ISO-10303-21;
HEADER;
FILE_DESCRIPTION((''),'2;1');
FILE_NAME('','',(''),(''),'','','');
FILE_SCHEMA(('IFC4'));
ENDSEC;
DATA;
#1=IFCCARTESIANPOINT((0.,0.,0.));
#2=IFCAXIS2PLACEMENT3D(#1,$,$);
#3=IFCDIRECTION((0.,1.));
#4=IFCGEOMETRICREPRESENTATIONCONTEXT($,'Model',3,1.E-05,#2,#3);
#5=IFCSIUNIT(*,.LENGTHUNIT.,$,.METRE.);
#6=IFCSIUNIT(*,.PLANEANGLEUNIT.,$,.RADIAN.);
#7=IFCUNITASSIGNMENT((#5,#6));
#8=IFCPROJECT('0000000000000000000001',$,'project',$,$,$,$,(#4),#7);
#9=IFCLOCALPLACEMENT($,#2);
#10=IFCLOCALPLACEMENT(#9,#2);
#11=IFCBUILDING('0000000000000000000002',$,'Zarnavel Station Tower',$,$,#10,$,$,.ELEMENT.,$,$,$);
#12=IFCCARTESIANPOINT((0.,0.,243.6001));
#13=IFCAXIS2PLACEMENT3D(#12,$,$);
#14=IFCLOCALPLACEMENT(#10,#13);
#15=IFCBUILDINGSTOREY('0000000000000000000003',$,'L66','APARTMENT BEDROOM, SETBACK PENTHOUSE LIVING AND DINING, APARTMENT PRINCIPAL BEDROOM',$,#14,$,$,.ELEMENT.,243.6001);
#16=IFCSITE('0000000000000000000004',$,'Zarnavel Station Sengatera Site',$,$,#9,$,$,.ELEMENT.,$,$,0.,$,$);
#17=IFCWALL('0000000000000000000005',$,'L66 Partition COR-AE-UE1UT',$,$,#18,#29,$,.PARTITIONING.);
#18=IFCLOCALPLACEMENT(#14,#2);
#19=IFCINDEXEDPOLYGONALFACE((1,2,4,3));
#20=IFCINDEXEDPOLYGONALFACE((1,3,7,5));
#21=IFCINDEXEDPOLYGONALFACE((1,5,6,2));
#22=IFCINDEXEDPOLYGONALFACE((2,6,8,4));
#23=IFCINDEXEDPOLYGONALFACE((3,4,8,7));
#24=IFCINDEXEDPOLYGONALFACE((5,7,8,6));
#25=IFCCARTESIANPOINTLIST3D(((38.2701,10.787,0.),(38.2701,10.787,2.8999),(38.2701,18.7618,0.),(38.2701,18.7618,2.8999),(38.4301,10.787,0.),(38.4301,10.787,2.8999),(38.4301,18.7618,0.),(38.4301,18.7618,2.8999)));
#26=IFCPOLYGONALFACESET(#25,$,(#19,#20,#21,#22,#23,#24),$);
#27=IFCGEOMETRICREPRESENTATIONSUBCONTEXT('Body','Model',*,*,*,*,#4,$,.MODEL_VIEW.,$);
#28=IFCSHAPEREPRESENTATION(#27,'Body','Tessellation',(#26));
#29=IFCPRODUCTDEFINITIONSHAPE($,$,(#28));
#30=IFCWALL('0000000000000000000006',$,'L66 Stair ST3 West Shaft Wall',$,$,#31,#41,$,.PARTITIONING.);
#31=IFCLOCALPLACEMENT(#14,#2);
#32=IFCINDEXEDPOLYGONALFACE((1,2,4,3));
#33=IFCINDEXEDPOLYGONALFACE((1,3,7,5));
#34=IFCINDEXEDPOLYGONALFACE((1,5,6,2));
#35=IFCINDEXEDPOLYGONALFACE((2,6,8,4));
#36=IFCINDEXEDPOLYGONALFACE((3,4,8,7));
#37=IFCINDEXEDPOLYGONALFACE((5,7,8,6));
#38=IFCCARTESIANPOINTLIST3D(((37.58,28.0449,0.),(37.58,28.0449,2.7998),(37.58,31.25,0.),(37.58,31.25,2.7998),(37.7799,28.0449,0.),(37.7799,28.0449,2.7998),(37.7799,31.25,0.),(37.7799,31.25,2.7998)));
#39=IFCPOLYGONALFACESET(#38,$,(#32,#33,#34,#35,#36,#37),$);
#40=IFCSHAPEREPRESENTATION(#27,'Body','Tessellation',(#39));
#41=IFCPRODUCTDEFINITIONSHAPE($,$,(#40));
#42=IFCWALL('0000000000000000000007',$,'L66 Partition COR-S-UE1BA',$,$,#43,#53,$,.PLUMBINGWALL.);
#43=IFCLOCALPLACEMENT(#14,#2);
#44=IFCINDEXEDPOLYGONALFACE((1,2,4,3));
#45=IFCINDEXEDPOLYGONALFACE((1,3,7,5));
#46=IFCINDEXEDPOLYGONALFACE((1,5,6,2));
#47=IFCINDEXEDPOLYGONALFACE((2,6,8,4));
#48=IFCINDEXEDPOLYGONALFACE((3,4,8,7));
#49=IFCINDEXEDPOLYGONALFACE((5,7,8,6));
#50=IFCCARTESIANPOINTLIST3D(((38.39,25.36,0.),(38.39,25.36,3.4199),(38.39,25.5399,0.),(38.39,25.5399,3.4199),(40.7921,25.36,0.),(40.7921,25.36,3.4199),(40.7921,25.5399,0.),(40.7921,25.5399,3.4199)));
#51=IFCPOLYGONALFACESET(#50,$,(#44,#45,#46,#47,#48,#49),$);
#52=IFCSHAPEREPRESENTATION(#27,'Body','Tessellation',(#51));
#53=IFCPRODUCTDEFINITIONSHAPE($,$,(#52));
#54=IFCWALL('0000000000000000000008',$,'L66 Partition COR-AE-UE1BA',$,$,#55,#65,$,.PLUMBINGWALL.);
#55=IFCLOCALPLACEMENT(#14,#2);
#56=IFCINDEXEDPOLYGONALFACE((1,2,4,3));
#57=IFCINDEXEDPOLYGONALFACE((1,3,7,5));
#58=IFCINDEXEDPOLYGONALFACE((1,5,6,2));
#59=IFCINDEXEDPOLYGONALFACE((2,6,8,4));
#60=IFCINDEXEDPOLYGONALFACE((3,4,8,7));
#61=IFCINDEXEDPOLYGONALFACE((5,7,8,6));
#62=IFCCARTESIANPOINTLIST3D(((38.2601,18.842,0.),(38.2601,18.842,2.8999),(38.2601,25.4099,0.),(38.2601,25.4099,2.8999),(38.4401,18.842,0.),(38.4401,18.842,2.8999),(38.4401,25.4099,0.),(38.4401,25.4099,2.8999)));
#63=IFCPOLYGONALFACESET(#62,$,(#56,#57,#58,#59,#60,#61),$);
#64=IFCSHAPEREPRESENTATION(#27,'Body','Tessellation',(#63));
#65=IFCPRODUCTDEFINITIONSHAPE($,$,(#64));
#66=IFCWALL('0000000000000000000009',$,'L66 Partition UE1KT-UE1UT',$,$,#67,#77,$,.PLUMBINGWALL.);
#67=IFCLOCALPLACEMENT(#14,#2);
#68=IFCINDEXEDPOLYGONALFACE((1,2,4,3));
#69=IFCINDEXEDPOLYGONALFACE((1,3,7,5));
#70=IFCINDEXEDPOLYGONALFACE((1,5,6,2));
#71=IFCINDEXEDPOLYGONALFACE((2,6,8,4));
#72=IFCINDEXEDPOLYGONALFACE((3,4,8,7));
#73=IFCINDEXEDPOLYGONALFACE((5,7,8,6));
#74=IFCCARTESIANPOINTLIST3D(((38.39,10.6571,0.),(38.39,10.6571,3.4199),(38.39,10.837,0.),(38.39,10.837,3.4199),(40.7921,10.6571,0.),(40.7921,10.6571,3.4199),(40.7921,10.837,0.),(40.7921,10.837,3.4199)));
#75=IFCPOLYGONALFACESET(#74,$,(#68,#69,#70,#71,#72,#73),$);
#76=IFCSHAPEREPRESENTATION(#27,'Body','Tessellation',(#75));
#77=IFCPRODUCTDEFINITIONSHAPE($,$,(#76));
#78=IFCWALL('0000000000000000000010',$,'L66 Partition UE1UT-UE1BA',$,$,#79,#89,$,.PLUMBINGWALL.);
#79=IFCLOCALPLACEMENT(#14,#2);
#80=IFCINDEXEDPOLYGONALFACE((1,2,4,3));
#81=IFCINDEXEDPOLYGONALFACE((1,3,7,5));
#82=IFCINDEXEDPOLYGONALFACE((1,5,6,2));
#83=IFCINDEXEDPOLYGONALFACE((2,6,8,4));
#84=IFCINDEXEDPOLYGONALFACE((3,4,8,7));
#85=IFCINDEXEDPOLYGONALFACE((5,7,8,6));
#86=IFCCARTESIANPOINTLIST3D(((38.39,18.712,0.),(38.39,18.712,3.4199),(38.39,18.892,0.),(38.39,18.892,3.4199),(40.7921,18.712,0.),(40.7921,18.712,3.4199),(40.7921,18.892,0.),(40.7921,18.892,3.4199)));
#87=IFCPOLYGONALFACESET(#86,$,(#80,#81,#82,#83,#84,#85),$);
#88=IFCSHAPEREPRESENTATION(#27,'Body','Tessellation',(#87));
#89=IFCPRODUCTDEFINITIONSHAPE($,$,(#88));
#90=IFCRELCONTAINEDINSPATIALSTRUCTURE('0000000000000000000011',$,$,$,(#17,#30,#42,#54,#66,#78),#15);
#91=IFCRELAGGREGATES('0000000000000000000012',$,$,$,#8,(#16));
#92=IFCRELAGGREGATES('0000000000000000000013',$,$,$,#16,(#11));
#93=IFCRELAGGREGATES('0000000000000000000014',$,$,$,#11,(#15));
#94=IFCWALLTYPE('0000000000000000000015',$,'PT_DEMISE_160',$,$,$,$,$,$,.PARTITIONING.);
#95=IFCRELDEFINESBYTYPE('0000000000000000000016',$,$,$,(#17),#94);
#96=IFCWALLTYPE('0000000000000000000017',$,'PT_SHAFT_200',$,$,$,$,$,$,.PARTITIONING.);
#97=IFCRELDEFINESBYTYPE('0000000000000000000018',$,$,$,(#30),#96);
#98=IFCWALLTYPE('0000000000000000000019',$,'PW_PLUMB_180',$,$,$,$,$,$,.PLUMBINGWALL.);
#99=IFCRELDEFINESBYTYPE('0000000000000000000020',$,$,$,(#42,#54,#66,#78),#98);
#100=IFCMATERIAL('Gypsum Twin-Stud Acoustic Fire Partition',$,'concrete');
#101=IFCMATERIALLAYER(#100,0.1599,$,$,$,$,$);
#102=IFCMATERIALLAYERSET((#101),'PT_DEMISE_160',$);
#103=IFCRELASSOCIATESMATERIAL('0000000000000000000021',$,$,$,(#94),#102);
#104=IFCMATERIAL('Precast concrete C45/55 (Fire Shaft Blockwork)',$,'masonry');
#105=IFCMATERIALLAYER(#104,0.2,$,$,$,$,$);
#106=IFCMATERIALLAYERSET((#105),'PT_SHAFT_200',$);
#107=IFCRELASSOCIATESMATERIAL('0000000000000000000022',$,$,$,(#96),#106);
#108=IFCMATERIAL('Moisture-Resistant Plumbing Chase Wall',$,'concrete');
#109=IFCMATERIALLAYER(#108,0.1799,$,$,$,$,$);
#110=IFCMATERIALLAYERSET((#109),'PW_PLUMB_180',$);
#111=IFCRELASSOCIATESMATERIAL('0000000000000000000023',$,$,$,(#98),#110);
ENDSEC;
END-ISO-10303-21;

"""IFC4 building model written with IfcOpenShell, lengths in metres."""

from ifc_helpers import new_model, si_unit, direction, frame, frame_2d, origin, place, context, subcontext, project, spatial, rectangle, extrude, material, layer, layer_set, type_object, element, save


model = new_model("IFC4")

# Units and contexts
model_context = context("Model", 3, precision=1e-05, world=origin(), true_north=direction((0.0, 1.0)))
body_context = subcontext(model_context, "Body", "Model", "MODEL_VIEW")
ifc_project = project(units=[si_unit("LENGTHUNIT", "METRE"), si_unit("PLANEANGLEUNIT", "RADIAN")], contexts=[model_context])

# Site, building, storey
site_placement = place(None, origin())
site = spatial("IfcSite", under=ifc_project, at=site_placement, Name="Zarnavel Station Sengatera Site", CompositionType="ELEMENT", RefElevation=0.0)
building_placement = place(site_placement, origin())
building = spatial("IfcBuilding", under=site, at=building_placement, Name="Zarnavel Station Tower", CompositionType="ELEMENT")
storey_placement = place(building_placement, frame((0.0, 0.0, 243.6001)))
storey = spatial("IfcBuildingStorey", under=building, at=storey_placement, Name="L66", Description="APARTMENT BEDROOM, SETBACK PENTHOUSE LIVING AND DINING, APARTMENT PRINCIPAL BEDROOM", CompositionType="ELEMENT", Elevation=243.6001)

# Walls
ifc_material_1 = material(Name="Gypsum Twin-Stud Acoustic Fire Partition", Category="concrete")
ifc_layer_1 = layer(ifc_material_1, 0.1599)
ifc_layer_set_1 = layer_set([ifc_layer_1], Name="PT_DEMISE_160")
wall_type_1 = type_object("IfcWallType", Name="PT_DEMISE_160", PredefinedType="PARTITIONING", material=ifc_layer_set_1)
wall_1_placement = place(storey_placement, frame((38.3501, 10.7871, 0.0), z_axis=(0.0, 0.0, 1.0), x_axis=(0.0, 1.0, 0.0)))
element("IfcWall", 1, at=wall_1_placement, inside=storey, type_object=wall_type_1, Name="L66 Partition COR-AE-UE1UT", PredefinedType="PARTITIONING", context=body_context, shape_type="SweptSolid", body=[
    extrude(rectangle(XDim=7.9749, YDim=0.1599, at=frame_2d((3.9873, 0.0))), origin(), (0.0, 0.0, 1.0), 2.8999),
])
ifc_material_2 = material(Name="Precast concrete C45/55 (Fire Shaft Blockwork)", Category="masonry")
ifc_layer_2 = layer(ifc_material_2, 0.2)
ifc_layer_set_2 = layer_set([ifc_layer_2], Name="PT_SHAFT_200")
wall_type_2 = type_object("IfcWallType", Name="PT_SHAFT_200", PredefinedType="PARTITIONING", material=ifc_layer_set_2)
wall_2_placement = place(storey_placement, frame((37.6799, 28.0449, 0.0), z_axis=(0.0, 0.0, 1.0), x_axis=(0.0, 1.0, 0.0)))
element("IfcWall", 2, at=wall_2_placement, inside=storey, type_object=wall_type_2, Name="L66 Stair ST3 West Shaft Wall", PredefinedType="PARTITIONING", context=body_context, shape_type="SweptSolid", body=[
    extrude(rectangle(XDim=3.2051, YDim=0.2, at=frame_2d((1.6025, 0.0))), origin(), (0.0, 0.0, 1.0), 2.7998),
])
ifc_material_3 = material(Name="Moisture-Resistant Plumbing Chase Wall", Category="concrete")
ifc_layer_3 = layer(ifc_material_3, 0.1799)
ifc_layer_set_3 = layer_set([ifc_layer_3], Name="PW_PLUMB_180")
wall_type_3 = type_object("IfcWallType", Name="PW_PLUMB_180", PredefinedType="PLUMBINGWALL", material=ifc_layer_set_3)
wall_3_placement = place(storey_placement, frame((38.3899, 25.45, 0.0), z_axis=(0.0, 0.0, 1.0), x_axis=(1.0, 0.0, 0.0)))
element("IfcWall", 3, at=wall_3_placement, inside=storey, type_object=wall_type_3, Name="L66 Partition COR-S-UE1BA", PredefinedType="PLUMBINGWALL", context=body_context, shape_type="SweptSolid", body=[
    extrude(rectangle(XDim=2.4021, YDim=0.1799, at=frame_2d((1.2012, 0.0))), origin(), (0.0, 0.0, 1.0), 3.4199),
])
wall_4_placement = place(storey_placement, frame((38.3501, 18.842, 0.0), z_axis=(0.0, 0.0, 1.0), x_axis=(0.0, 1.0, 0.0)))
element("IfcWall", 4, at=wall_4_placement, inside=storey, type_object=wall_type_3, Name="L66 Partition COR-AE-UE1BA", PredefinedType="PLUMBINGWALL", context=body_context, shape_type="SweptSolid", body=[
    extrude(rectangle(XDim=6.5679, YDim=0.1799, at=frame_2d((3.2839, 0.0))), origin(), (0.0, 0.0, 1.0), 2.8999),
])
for number, where, z_axis, x_axis, name in (
    (5, (38.3899, 10.7471, 0.0), (0.0, 0.0, 1.0), (1.0, 0.0, 0.0), "L66 Partition UE1KT-UE1UT"),
    (6, (38.3899, 18.802, 0.0), (0.0, 0.0, 1.0), (1.0, 0.0, 0.0), "L66 Partition UE1UT-UE1BA"),
):
    element("IfcWall", number, at=place(storey_placement, frame(where, z_axis=z_axis, x_axis=x_axis)), inside=storey, type_object=wall_type_3, Name=name, PredefinedType="PLUMBINGWALL", context=body_context, shape_type="SweptSolid", body=[
        extrude(rectangle(XDim=2.4021, YDim=0.1799, at=frame_2d((1.2012, 0.0))), origin(), (0.0, 0.0, 1.0), 3.4199),
    ])

save(model, "model.ifc")
